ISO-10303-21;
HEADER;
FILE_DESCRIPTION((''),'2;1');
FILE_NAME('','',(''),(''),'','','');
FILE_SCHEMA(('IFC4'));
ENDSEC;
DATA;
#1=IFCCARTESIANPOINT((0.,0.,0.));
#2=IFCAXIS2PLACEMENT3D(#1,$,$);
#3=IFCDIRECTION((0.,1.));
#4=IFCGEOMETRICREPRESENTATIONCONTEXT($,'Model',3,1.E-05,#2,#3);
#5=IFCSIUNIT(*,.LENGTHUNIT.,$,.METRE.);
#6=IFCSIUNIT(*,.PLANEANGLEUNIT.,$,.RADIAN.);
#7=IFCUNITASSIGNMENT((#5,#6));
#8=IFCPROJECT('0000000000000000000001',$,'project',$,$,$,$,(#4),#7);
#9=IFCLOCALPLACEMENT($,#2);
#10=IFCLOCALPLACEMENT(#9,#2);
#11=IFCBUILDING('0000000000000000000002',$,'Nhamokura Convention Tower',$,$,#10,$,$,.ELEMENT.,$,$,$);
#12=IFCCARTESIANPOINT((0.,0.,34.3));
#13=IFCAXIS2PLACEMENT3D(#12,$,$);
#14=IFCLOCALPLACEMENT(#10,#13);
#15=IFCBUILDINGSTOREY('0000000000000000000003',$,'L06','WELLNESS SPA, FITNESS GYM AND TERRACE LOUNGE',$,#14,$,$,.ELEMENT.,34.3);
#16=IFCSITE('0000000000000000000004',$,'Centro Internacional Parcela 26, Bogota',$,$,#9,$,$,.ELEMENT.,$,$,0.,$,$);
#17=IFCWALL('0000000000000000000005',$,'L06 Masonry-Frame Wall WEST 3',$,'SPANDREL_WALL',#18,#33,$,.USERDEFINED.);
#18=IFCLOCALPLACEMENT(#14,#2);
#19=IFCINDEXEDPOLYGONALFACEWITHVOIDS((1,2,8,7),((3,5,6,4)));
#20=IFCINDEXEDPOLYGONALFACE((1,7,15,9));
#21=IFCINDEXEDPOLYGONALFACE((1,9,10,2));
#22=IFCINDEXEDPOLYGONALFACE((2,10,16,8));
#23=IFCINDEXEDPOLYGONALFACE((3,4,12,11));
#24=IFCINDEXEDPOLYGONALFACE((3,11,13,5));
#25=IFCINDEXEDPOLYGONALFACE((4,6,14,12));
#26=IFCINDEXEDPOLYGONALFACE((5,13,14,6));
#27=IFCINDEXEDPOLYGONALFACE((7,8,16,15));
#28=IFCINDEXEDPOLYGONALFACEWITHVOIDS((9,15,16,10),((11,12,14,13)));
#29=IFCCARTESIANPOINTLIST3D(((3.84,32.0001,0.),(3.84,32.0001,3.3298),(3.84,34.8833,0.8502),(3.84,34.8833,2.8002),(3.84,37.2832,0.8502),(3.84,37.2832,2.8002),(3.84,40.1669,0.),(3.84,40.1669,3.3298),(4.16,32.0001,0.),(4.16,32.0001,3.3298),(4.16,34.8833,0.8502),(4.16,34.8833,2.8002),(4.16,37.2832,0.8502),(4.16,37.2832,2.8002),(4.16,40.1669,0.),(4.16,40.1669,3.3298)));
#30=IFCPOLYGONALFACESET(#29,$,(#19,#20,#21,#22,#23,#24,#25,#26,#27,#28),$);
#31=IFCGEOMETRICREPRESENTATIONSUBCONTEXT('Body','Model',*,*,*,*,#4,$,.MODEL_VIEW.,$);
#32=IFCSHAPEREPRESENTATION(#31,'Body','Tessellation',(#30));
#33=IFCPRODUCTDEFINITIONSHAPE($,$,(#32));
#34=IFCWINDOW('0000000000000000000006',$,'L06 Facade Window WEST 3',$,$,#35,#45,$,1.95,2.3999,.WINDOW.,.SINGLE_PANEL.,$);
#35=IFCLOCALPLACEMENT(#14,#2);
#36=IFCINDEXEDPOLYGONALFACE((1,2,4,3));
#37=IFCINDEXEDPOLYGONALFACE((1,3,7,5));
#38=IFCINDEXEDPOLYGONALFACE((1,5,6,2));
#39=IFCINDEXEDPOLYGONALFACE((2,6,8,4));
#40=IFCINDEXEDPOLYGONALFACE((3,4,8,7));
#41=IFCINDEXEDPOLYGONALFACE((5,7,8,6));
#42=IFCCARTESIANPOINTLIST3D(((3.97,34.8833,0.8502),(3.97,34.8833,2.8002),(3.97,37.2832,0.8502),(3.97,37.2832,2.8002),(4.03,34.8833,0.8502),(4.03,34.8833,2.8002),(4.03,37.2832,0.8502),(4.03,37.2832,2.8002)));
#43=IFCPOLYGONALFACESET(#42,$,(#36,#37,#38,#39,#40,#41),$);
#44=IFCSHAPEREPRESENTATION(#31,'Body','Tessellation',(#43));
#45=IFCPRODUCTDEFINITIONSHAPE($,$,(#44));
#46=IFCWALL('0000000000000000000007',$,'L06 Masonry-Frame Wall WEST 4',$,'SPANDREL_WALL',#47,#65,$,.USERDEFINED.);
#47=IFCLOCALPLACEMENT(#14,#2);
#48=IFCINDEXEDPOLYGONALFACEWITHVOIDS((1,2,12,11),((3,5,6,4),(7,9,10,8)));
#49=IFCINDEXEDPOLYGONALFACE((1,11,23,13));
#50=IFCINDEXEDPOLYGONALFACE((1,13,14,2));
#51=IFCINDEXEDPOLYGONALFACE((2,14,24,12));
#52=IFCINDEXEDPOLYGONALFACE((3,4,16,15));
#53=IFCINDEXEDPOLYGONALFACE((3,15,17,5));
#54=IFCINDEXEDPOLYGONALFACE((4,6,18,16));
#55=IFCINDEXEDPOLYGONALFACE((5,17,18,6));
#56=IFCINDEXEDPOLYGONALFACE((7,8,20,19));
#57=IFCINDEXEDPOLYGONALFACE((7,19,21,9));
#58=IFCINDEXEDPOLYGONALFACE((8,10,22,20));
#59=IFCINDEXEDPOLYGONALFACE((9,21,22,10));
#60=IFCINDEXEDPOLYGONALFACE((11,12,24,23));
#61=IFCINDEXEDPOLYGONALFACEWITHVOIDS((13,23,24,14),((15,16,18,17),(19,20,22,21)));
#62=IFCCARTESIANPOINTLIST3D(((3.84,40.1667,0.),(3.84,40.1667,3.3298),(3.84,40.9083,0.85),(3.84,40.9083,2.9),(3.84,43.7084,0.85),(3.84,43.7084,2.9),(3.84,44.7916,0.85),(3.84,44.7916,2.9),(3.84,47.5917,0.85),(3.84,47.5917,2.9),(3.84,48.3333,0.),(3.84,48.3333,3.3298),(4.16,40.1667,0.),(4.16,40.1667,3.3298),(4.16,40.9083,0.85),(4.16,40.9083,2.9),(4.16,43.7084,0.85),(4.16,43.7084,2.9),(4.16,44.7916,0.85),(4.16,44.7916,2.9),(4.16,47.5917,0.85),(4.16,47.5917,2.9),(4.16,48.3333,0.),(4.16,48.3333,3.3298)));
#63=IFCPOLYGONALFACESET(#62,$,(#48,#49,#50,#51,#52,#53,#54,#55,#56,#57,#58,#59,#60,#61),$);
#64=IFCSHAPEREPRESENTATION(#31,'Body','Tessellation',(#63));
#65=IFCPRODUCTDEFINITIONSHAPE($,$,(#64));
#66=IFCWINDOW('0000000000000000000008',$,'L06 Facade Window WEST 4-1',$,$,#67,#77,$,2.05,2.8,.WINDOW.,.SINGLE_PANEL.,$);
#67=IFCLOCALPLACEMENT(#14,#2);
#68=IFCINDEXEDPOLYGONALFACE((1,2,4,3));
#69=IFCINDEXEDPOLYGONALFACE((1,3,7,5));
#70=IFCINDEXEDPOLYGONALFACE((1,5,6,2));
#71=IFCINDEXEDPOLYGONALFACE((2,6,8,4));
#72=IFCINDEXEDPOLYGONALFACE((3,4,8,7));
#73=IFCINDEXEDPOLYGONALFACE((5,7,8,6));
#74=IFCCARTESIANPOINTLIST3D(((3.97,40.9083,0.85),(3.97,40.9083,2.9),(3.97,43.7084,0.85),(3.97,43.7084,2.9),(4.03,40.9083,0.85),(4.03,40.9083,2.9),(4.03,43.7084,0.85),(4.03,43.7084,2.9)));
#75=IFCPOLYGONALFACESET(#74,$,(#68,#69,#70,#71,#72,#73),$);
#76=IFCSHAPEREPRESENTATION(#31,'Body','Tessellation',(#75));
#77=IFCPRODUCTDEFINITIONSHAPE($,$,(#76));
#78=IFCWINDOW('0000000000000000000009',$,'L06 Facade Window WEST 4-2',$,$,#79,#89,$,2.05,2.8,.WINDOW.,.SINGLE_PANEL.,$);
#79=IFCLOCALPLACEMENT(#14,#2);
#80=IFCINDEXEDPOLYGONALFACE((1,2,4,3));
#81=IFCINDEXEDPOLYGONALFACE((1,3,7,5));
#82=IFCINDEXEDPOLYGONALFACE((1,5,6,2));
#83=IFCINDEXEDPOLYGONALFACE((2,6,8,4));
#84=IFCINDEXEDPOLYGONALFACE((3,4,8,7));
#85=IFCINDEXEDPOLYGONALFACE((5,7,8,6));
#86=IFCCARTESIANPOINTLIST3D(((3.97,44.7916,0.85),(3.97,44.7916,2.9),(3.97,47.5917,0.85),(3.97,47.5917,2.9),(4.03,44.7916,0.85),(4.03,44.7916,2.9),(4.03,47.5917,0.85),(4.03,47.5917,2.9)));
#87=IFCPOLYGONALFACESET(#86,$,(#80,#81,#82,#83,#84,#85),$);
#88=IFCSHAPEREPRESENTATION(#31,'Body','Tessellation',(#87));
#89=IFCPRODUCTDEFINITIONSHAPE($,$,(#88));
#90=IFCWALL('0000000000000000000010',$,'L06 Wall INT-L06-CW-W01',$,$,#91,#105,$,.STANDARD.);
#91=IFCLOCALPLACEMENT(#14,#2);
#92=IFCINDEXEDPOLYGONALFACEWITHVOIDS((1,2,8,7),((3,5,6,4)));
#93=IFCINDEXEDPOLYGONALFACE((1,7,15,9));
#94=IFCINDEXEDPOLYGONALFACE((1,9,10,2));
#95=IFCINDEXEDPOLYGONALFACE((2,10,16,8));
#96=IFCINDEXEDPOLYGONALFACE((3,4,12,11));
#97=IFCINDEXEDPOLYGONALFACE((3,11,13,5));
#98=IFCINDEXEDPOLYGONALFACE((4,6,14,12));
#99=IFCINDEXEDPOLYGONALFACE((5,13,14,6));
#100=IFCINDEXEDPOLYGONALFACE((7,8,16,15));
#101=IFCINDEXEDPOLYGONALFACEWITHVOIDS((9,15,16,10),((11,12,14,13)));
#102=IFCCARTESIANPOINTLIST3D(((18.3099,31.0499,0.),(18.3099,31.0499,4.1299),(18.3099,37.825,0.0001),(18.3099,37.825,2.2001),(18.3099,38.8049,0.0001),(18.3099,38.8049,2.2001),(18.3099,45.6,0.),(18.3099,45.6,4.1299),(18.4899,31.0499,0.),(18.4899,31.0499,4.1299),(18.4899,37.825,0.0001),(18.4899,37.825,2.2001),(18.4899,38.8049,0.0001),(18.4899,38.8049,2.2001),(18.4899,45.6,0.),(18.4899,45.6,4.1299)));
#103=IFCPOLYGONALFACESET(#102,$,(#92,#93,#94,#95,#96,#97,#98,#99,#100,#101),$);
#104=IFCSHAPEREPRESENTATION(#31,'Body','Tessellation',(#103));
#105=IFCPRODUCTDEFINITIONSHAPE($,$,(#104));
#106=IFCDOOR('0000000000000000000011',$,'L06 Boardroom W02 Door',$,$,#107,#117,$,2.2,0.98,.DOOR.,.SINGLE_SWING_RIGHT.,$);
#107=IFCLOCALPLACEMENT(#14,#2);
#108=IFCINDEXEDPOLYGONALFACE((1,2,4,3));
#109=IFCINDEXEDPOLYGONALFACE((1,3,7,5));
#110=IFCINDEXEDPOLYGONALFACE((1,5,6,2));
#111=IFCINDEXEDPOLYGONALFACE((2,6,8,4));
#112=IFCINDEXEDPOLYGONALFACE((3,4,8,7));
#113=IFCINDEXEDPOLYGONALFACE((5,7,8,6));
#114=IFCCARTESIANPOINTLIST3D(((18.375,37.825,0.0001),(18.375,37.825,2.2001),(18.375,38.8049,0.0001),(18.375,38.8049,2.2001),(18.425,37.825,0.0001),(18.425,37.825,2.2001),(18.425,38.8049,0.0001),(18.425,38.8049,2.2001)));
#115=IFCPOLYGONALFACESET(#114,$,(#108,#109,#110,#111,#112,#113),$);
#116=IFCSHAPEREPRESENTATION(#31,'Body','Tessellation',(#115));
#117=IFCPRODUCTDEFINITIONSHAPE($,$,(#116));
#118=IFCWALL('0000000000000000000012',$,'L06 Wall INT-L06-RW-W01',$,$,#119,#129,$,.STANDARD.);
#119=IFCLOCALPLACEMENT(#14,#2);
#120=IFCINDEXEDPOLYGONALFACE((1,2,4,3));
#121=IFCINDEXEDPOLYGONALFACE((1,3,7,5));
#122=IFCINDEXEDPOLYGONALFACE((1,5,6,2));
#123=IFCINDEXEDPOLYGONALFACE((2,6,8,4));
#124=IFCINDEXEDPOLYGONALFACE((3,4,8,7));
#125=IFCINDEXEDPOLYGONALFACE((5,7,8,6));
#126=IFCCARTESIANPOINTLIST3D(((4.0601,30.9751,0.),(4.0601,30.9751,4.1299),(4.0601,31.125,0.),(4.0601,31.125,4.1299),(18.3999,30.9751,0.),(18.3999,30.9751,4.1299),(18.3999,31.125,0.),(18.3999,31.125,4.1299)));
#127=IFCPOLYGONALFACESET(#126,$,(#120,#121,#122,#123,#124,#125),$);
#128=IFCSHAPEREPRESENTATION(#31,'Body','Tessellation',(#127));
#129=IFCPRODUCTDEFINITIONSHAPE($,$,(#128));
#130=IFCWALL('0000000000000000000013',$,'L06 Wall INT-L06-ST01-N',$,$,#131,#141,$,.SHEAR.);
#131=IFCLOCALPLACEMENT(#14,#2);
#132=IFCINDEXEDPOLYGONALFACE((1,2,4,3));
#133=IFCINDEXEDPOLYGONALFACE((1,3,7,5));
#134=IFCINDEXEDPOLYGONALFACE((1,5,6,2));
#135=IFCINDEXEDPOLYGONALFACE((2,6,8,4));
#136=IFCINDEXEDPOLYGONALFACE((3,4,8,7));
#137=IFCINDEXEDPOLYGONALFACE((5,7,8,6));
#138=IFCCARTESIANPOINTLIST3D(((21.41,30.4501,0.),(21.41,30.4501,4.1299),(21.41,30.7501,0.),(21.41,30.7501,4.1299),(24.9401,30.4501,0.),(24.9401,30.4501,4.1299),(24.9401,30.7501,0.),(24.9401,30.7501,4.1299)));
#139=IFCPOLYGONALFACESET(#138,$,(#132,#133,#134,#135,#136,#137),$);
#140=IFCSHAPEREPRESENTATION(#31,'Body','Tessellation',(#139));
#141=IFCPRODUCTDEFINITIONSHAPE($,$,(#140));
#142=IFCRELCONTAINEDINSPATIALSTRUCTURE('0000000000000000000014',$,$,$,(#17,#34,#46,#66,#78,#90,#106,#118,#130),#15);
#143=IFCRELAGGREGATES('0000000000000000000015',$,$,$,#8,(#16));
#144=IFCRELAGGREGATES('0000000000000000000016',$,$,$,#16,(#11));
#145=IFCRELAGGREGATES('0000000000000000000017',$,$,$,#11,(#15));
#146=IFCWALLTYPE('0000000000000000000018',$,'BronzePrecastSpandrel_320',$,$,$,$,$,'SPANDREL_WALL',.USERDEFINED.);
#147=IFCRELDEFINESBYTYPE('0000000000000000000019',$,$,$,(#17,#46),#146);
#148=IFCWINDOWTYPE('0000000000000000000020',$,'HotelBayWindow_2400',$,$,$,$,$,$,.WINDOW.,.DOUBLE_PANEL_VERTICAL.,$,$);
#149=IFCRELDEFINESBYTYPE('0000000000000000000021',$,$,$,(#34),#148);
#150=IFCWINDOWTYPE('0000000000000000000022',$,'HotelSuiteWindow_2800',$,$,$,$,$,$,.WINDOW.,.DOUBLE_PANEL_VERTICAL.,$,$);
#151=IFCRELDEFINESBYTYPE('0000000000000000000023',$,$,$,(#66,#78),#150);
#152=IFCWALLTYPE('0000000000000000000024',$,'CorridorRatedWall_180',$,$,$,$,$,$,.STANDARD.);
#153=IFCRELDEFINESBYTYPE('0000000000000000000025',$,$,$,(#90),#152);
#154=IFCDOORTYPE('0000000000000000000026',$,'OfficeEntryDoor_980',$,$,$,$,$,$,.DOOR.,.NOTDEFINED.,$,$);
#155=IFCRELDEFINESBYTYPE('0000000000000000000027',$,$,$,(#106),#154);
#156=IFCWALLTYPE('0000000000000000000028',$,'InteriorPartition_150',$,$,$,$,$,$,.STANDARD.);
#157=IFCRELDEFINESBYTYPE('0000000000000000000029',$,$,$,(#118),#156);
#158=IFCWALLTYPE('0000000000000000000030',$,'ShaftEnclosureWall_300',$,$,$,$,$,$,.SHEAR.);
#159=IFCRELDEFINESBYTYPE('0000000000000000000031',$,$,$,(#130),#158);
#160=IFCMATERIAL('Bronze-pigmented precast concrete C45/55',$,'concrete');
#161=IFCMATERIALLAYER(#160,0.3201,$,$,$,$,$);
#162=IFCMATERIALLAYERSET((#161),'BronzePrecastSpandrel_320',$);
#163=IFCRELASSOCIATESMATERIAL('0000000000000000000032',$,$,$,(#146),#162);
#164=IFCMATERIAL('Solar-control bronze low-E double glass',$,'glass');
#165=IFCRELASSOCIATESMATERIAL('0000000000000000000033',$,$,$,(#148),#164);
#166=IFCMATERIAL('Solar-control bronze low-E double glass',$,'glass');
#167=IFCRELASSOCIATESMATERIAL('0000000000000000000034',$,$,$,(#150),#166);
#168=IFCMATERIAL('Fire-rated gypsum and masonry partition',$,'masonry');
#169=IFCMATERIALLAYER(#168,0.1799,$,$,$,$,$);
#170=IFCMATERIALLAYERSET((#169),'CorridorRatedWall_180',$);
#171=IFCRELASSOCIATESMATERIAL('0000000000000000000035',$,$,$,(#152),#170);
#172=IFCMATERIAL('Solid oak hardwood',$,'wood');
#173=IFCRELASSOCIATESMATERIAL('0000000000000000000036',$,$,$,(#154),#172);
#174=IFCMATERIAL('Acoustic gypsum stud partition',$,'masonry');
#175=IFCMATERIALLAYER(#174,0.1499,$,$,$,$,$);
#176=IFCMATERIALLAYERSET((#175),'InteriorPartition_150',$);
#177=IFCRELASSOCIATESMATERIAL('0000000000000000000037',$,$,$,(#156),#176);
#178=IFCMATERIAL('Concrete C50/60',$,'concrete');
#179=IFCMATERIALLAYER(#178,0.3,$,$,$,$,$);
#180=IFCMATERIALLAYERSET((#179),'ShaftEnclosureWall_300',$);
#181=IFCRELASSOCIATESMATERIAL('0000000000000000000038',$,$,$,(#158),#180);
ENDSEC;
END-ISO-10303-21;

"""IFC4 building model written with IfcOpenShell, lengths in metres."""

from ifc_helpers import new_model, si_unit, direction, frame, frame_2d, origin, place, context, subcontext, project, spatial, rectangle, extrude, material, layer, layer_set, type_object, element, fill, save


model = new_model("IFC4")

# Units and contexts
model_context = context("Model", 3, precision=1e-05, world=origin(), true_north=direction((0.0, 1.0)))
body_context = subcontext(model_context, "Body", "Model", "MODEL_VIEW")
ifc_project = project(units=[si_unit("LENGTHUNIT", "METRE"), si_unit("PLANEANGLEUNIT", "RADIAN")], contexts=[model_context])

# Site, building, storey
site_placement = place(None, origin())
site = spatial("IfcSite", under=ifc_project, at=site_placement, Name="Centro Internacional Parcela 26, Bogota", CompositionType="ELEMENT", RefElevation=0.0)
building_placement = place(site_placement, origin())
building = spatial("IfcBuilding", under=site, at=building_placement, Name="Nhamokura Convention Tower", CompositionType="ELEMENT")
storey_placement = place(building_placement, frame((0.0, 0.0, 34.3)))
storey = spatial("IfcBuildingStorey", under=building, at=storey_placement, Name="L06", Description="WELLNESS SPA, FITNESS GYM AND TERRACE LOUNGE", CompositionType="ELEMENT", Elevation=34.3)

# Wall, opening, window
ifc_material_1 = material(Name="Bronze-pigmented precast concrete C45/55", Category="concrete")
ifc_layer_1 = layer(ifc_material_1, 0.3201)
ifc_layer_set_1 = layer_set([ifc_layer_1], Name="BronzePrecastSpandrel_320")
wall_type_1 = type_object("IfcWallType", Name="BronzePrecastSpandrel_320", ElementType="SPANDREL_WALL", PredefinedType="USERDEFINED", material=ifc_layer_set_1)
wall_1_placement = place(storey_placement, frame((4.0, 32.0, 0.0), z_axis=(0.0, 0.0, 1.0), x_axis=(0.0, 1.0, 0.0)))
wall_1 = element("IfcWall", 1, at=wall_1_placement, inside=storey, type_object=wall_type_1, Name="L06 Masonry-Frame Wall WEST 3", ObjectType="SPANDREL_WALL", PredefinedType="USERDEFINED", context=body_context, shape_type="SweptSolid", body=[
    extrude(rectangle(XDim=8.1667, YDim=0.3201, at=frame_2d((4.0835, 0.0))), origin(), (0.0, 0.0, 1.0), 3.3298),
])
opening_1_placement = place(wall_1_placement, frame((2.8833, 0.0, 0.8501)))
opening_1 = element("IfcOpeningElement", 2, at=opening_1_placement, cuts=wall_1, PredefinedType="OPENING", context=body_context, shape_type="SweptSolid", body=[
    extrude(rectangle(XDim=2.3999, YDim=1.95, at=frame_2d((1.2, 0.9751))), frame((0.0, 0.1699, 0.0), z_axis=(0.0, -1.0, 0.0), x_axis=(1.0, 0.0, 0.0)), (0.0, 0.0, 1.0), 0.3401),
])
ifc_material_2 = material(Name="Solar-control bronze low-E double glass", Category="glass")
window_type_1 = type_object("IfcWindowType", Name="HotelBayWindow_2400", PartitioningType="DOUBLE_PANEL_VERTICAL", PredefinedType="WINDOW", material=ifc_material_2)
window_1_placement = place(opening_1_placement, origin())
window_1 = element("IfcWindow", 3, at=window_1_placement, inside=storey, type_object=window_type_1, Name="L06 Facade Window WEST 3", OverallHeight=1.95, OverallWidth=2.3999, PartitioningType="SINGLE_PANEL", PredefinedType="WINDOW", context=body_context, shape_type="SweptSolid", body=[
    extrude(rectangle(XDim=2.3999, YDim=1.95, at=frame_2d((1.2, 0.9751))), frame((0.0, 0.03, 0.0), z_axis=(0.0, -1.0, 0.0), x_axis=(1.0, 0.0, 0.0)), (0.0, 0.0, 1.0), 0.0601),
])
fill(opening_1, window_1)

# Wall, openings, windows
wall_2_placement = place(storey_placement, frame((4.0, 40.1667, 0.0), z_axis=(0.0, 0.0, 1.0), x_axis=(0.0, 1.0, 0.0)))
wall_2 = element("IfcWall", 4, at=wall_2_placement, inside=storey, type_object=wall_type_1, Name="L06 Masonry-Frame Wall WEST 4", ObjectType="SPANDREL_WALL", PredefinedType="USERDEFINED", context=body_context, shape_type="SweptSolid", body=[
    extrude(rectangle(XDim=8.1665, YDim=0.3201, at=frame_2d((4.0833, 0.0))), origin(), (0.0, 0.0, 1.0), 3.3298),
])
opening_2_placement = place(wall_2_placement, frame((0.7417, 0.0, 0.8501)))
opening_2 = element("IfcOpeningElement", 5, at=opening_2_placement, cuts=wall_2, PredefinedType="OPENING", context=body_context, shape_type="SweptSolid", body=[
    extrude(rectangle(XDim=2.8, YDim=2.05, at=frame_2d((1.3999, 1.0249))), frame((0.0, 0.1699, 0.0), z_axis=(0.0, -1.0, 0.0), x_axis=(1.0, 0.0, 0.0)), (0.0, 0.0, 1.0), 0.3401),
])
opening_3_placement = place(wall_2_placement, frame((4.625, 0.0, 0.8501)))
opening_3 = element("IfcOpeningElement", 6, at=opening_3_placement, cuts=wall_2, PredefinedType="OPENING", context=body_context, shape_type="SweptSolid", body=[
    extrude(rectangle(XDim=2.8, YDim=2.05, at=frame_2d((1.3999, 1.0249))), frame((0.0, 0.1699, 0.0), z_axis=(0.0, -1.0, 0.0), x_axis=(1.0, 0.0, 0.0)), (0.0, 0.0, 1.0), 0.3401),
])
ifc_material_3 = material(Name="Solar-control bronze low-E double glass", Category="glass")
window_type_2 = type_object("IfcWindowType", Name="HotelSuiteWindow_2800", PartitioningType="DOUBLE_PANEL_VERTICAL", PredefinedType="WINDOW", material=ifc_material_3)
window_2_placement = place(opening_2_placement, origin())
window_2 = element("IfcWindow", 7, at=window_2_placement, inside=storey, type_object=window_type_2, Name="L06 Facade Window WEST 4-1", OverallHeight=2.05, OverallWidth=2.8, PartitioningType="SINGLE_PANEL", PredefinedType="WINDOW", context=body_context, shape_type="SweptSolid", body=[
    extrude(rectangle(XDim=2.8, YDim=2.05, at=frame_2d((1.3999, 1.0249))), frame((0.0, 0.03, 0.0), z_axis=(0.0, -1.0, 0.0), x_axis=(1.0, 0.0, 0.0)), (0.0, 0.0, 1.0), 0.0601),
])
fill(opening_2, window_2)
window_3_placement = place(opening_3_placement, origin())
window_3 = element("IfcWindow", 8, at=window_3_placement, inside=storey, type_object=window_type_2, Name="L06 Facade Window WEST 4-2", OverallHeight=2.05, OverallWidth=2.8, PartitioningType="SINGLE_PANEL", PredefinedType="WINDOW", context=body_context, shape_type="SweptSolid", body=[
    extrude(rectangle(XDim=2.8, YDim=2.05, at=frame_2d((1.3999, 1.0249))), frame((0.0, 0.03, 0.0), z_axis=(0.0, -1.0, 0.0), x_axis=(1.0, 0.0, 0.0)), (0.0, 0.0, 1.0), 0.0601),
])
fill(opening_3, window_3)

# Wall, opening, door
ifc_material_4 = material(Name="Fire-rated gypsum and masonry partition", Category="masonry")
ifc_layer_2 = layer(ifc_material_4, 0.1799)
ifc_layer_set_2 = layer_set([ifc_layer_2], Name="CorridorRatedWall_180")
wall_type_2 = type_object("IfcWallType", Name="CorridorRatedWall_180", PredefinedType="STANDARD", material=ifc_layer_set_2)
wall_3_placement = place(storey_placement, frame((18.3999, 31.05, 0.0), z_axis=(0.0, 0.0, 1.0), x_axis=(0.0, 1.0, 0.0)))
wall_3 = element("IfcWall", 9, at=wall_3_placement, inside=storey, type_object=wall_type_2, Name="L06 Wall INT-L06-CW-W01", PredefinedType="STANDARD", context=body_context, shape_type="SweptSolid", body=[
    extrude(rectangle(XDim=14.55, YDim=0.1799, at=frame_2d((7.2749, 0.0))), origin(), (0.0, 0.0, 1.0), 4.1299),
])
opening_4_placement = place(wall_3_placement, frame((6.7749, 0.0, 0.0)))
opening_4 = element("IfcOpeningElement", 10, at=opening_4_placement, cuts=wall_3, PredefinedType="OPENING", context=body_context, shape_type="SweptSolid", body=[
    extrude(rectangle(XDim=0.98, YDim=2.2, at=frame_2d((0.49, 1.1001))), frame((0.0, 0.0999, 0.0), z_axis=(0.0, -1.0, 0.0), x_axis=(1.0, 0.0, 0.0)), (0.0, 0.0, 1.0), 0.2),
])
ifc_material_5 = material(Name="Solid oak hardwood", Category="wood")
door_type_1 = type_object("IfcDoorType", Name="OfficeEntryDoor_980", OperationType="NOTDEFINED", PredefinedType="DOOR", material=ifc_material_5)
door_1_placement = place(opening_4_placement, origin())
door_1 = element("IfcDoor", 11, at=door_1_placement, inside=storey, type_object=door_type_1, Name="L06 Boardroom W02 Door", OperationType="SINGLE_SWING_RIGHT", OverallHeight=2.2, OverallWidth=0.98, PredefinedType="DOOR", context=body_context, shape_type="SweptSolid", body=[
    extrude(rectangle(XDim=0.98, YDim=2.2, at=frame_2d((0.49, 1.1001))), frame((0.0, 0.0249, 0.0), z_axis=(0.0, -1.0, 0.0), x_axis=(1.0, 0.0, 0.0)), (0.0, 0.0, 1.0), 0.05),
])
fill(opening_4, door_1)

# Walls
ifc_material_6 = material(Name="Acoustic gypsum stud partition", Category="masonry")
ifc_layer_3 = layer(ifc_material_6, 0.1499)
ifc_layer_set_3 = layer_set([ifc_layer_3], Name="InteriorPartition_150")
wall_type_3 = type_object("IfcWallType", Name="InteriorPartition_150", PredefinedType="STANDARD", material=ifc_layer_set_3)
wall_4_placement = place(storey_placement, frame((4.0601, 31.05, 0.0), z_axis=(0.0, 0.0, 1.0), x_axis=(1.0, 0.0, 0.0)))
element("IfcWall", 12, at=wall_4_placement, inside=storey, type_object=wall_type_3, Name="L06 Wall INT-L06-RW-W01", PredefinedType="STANDARD", context=body_context, shape_type="SweptSolid", body=[
    extrude(rectangle(XDim=14.3398, YDim=0.1499, at=frame_2d((7.1699, 0.0))), origin(), (0.0, 0.0, 1.0), 4.1299),
])
ifc_material_7 = material(Name="Concrete C50/60", Category="concrete")
ifc_layer_4 = layer(ifc_material_7, 0.3)
ifc_layer_set_4 = layer_set([ifc_layer_4], Name="ShaftEnclosureWall_300")
wall_type_4 = type_object("IfcWallType", Name="ShaftEnclosureWall_300", PredefinedType="SHEAR", material=ifc_layer_set_4)
wall_5_placement = place(storey_placement, frame((21.4099, 30.6001, 0.0), z_axis=(0.0, 0.0, 1.0), x_axis=(1.0, 0.0, 0.0)))
element("IfcWall", 13, at=wall_5_placement, inside=storey, type_object=wall_type_4, Name="L06 Wall INT-L06-ST01-N", PredefinedType="SHEAR", context=body_context, shape_type="SweptSolid", body=[
    extrude(rectangle(XDim=3.53, YDim=0.3, at=frame_2d((1.7651, 0.0))), origin(), (0.0, 0.0, 1.0), 4.1299),
])

save(model, "model.ifc")
